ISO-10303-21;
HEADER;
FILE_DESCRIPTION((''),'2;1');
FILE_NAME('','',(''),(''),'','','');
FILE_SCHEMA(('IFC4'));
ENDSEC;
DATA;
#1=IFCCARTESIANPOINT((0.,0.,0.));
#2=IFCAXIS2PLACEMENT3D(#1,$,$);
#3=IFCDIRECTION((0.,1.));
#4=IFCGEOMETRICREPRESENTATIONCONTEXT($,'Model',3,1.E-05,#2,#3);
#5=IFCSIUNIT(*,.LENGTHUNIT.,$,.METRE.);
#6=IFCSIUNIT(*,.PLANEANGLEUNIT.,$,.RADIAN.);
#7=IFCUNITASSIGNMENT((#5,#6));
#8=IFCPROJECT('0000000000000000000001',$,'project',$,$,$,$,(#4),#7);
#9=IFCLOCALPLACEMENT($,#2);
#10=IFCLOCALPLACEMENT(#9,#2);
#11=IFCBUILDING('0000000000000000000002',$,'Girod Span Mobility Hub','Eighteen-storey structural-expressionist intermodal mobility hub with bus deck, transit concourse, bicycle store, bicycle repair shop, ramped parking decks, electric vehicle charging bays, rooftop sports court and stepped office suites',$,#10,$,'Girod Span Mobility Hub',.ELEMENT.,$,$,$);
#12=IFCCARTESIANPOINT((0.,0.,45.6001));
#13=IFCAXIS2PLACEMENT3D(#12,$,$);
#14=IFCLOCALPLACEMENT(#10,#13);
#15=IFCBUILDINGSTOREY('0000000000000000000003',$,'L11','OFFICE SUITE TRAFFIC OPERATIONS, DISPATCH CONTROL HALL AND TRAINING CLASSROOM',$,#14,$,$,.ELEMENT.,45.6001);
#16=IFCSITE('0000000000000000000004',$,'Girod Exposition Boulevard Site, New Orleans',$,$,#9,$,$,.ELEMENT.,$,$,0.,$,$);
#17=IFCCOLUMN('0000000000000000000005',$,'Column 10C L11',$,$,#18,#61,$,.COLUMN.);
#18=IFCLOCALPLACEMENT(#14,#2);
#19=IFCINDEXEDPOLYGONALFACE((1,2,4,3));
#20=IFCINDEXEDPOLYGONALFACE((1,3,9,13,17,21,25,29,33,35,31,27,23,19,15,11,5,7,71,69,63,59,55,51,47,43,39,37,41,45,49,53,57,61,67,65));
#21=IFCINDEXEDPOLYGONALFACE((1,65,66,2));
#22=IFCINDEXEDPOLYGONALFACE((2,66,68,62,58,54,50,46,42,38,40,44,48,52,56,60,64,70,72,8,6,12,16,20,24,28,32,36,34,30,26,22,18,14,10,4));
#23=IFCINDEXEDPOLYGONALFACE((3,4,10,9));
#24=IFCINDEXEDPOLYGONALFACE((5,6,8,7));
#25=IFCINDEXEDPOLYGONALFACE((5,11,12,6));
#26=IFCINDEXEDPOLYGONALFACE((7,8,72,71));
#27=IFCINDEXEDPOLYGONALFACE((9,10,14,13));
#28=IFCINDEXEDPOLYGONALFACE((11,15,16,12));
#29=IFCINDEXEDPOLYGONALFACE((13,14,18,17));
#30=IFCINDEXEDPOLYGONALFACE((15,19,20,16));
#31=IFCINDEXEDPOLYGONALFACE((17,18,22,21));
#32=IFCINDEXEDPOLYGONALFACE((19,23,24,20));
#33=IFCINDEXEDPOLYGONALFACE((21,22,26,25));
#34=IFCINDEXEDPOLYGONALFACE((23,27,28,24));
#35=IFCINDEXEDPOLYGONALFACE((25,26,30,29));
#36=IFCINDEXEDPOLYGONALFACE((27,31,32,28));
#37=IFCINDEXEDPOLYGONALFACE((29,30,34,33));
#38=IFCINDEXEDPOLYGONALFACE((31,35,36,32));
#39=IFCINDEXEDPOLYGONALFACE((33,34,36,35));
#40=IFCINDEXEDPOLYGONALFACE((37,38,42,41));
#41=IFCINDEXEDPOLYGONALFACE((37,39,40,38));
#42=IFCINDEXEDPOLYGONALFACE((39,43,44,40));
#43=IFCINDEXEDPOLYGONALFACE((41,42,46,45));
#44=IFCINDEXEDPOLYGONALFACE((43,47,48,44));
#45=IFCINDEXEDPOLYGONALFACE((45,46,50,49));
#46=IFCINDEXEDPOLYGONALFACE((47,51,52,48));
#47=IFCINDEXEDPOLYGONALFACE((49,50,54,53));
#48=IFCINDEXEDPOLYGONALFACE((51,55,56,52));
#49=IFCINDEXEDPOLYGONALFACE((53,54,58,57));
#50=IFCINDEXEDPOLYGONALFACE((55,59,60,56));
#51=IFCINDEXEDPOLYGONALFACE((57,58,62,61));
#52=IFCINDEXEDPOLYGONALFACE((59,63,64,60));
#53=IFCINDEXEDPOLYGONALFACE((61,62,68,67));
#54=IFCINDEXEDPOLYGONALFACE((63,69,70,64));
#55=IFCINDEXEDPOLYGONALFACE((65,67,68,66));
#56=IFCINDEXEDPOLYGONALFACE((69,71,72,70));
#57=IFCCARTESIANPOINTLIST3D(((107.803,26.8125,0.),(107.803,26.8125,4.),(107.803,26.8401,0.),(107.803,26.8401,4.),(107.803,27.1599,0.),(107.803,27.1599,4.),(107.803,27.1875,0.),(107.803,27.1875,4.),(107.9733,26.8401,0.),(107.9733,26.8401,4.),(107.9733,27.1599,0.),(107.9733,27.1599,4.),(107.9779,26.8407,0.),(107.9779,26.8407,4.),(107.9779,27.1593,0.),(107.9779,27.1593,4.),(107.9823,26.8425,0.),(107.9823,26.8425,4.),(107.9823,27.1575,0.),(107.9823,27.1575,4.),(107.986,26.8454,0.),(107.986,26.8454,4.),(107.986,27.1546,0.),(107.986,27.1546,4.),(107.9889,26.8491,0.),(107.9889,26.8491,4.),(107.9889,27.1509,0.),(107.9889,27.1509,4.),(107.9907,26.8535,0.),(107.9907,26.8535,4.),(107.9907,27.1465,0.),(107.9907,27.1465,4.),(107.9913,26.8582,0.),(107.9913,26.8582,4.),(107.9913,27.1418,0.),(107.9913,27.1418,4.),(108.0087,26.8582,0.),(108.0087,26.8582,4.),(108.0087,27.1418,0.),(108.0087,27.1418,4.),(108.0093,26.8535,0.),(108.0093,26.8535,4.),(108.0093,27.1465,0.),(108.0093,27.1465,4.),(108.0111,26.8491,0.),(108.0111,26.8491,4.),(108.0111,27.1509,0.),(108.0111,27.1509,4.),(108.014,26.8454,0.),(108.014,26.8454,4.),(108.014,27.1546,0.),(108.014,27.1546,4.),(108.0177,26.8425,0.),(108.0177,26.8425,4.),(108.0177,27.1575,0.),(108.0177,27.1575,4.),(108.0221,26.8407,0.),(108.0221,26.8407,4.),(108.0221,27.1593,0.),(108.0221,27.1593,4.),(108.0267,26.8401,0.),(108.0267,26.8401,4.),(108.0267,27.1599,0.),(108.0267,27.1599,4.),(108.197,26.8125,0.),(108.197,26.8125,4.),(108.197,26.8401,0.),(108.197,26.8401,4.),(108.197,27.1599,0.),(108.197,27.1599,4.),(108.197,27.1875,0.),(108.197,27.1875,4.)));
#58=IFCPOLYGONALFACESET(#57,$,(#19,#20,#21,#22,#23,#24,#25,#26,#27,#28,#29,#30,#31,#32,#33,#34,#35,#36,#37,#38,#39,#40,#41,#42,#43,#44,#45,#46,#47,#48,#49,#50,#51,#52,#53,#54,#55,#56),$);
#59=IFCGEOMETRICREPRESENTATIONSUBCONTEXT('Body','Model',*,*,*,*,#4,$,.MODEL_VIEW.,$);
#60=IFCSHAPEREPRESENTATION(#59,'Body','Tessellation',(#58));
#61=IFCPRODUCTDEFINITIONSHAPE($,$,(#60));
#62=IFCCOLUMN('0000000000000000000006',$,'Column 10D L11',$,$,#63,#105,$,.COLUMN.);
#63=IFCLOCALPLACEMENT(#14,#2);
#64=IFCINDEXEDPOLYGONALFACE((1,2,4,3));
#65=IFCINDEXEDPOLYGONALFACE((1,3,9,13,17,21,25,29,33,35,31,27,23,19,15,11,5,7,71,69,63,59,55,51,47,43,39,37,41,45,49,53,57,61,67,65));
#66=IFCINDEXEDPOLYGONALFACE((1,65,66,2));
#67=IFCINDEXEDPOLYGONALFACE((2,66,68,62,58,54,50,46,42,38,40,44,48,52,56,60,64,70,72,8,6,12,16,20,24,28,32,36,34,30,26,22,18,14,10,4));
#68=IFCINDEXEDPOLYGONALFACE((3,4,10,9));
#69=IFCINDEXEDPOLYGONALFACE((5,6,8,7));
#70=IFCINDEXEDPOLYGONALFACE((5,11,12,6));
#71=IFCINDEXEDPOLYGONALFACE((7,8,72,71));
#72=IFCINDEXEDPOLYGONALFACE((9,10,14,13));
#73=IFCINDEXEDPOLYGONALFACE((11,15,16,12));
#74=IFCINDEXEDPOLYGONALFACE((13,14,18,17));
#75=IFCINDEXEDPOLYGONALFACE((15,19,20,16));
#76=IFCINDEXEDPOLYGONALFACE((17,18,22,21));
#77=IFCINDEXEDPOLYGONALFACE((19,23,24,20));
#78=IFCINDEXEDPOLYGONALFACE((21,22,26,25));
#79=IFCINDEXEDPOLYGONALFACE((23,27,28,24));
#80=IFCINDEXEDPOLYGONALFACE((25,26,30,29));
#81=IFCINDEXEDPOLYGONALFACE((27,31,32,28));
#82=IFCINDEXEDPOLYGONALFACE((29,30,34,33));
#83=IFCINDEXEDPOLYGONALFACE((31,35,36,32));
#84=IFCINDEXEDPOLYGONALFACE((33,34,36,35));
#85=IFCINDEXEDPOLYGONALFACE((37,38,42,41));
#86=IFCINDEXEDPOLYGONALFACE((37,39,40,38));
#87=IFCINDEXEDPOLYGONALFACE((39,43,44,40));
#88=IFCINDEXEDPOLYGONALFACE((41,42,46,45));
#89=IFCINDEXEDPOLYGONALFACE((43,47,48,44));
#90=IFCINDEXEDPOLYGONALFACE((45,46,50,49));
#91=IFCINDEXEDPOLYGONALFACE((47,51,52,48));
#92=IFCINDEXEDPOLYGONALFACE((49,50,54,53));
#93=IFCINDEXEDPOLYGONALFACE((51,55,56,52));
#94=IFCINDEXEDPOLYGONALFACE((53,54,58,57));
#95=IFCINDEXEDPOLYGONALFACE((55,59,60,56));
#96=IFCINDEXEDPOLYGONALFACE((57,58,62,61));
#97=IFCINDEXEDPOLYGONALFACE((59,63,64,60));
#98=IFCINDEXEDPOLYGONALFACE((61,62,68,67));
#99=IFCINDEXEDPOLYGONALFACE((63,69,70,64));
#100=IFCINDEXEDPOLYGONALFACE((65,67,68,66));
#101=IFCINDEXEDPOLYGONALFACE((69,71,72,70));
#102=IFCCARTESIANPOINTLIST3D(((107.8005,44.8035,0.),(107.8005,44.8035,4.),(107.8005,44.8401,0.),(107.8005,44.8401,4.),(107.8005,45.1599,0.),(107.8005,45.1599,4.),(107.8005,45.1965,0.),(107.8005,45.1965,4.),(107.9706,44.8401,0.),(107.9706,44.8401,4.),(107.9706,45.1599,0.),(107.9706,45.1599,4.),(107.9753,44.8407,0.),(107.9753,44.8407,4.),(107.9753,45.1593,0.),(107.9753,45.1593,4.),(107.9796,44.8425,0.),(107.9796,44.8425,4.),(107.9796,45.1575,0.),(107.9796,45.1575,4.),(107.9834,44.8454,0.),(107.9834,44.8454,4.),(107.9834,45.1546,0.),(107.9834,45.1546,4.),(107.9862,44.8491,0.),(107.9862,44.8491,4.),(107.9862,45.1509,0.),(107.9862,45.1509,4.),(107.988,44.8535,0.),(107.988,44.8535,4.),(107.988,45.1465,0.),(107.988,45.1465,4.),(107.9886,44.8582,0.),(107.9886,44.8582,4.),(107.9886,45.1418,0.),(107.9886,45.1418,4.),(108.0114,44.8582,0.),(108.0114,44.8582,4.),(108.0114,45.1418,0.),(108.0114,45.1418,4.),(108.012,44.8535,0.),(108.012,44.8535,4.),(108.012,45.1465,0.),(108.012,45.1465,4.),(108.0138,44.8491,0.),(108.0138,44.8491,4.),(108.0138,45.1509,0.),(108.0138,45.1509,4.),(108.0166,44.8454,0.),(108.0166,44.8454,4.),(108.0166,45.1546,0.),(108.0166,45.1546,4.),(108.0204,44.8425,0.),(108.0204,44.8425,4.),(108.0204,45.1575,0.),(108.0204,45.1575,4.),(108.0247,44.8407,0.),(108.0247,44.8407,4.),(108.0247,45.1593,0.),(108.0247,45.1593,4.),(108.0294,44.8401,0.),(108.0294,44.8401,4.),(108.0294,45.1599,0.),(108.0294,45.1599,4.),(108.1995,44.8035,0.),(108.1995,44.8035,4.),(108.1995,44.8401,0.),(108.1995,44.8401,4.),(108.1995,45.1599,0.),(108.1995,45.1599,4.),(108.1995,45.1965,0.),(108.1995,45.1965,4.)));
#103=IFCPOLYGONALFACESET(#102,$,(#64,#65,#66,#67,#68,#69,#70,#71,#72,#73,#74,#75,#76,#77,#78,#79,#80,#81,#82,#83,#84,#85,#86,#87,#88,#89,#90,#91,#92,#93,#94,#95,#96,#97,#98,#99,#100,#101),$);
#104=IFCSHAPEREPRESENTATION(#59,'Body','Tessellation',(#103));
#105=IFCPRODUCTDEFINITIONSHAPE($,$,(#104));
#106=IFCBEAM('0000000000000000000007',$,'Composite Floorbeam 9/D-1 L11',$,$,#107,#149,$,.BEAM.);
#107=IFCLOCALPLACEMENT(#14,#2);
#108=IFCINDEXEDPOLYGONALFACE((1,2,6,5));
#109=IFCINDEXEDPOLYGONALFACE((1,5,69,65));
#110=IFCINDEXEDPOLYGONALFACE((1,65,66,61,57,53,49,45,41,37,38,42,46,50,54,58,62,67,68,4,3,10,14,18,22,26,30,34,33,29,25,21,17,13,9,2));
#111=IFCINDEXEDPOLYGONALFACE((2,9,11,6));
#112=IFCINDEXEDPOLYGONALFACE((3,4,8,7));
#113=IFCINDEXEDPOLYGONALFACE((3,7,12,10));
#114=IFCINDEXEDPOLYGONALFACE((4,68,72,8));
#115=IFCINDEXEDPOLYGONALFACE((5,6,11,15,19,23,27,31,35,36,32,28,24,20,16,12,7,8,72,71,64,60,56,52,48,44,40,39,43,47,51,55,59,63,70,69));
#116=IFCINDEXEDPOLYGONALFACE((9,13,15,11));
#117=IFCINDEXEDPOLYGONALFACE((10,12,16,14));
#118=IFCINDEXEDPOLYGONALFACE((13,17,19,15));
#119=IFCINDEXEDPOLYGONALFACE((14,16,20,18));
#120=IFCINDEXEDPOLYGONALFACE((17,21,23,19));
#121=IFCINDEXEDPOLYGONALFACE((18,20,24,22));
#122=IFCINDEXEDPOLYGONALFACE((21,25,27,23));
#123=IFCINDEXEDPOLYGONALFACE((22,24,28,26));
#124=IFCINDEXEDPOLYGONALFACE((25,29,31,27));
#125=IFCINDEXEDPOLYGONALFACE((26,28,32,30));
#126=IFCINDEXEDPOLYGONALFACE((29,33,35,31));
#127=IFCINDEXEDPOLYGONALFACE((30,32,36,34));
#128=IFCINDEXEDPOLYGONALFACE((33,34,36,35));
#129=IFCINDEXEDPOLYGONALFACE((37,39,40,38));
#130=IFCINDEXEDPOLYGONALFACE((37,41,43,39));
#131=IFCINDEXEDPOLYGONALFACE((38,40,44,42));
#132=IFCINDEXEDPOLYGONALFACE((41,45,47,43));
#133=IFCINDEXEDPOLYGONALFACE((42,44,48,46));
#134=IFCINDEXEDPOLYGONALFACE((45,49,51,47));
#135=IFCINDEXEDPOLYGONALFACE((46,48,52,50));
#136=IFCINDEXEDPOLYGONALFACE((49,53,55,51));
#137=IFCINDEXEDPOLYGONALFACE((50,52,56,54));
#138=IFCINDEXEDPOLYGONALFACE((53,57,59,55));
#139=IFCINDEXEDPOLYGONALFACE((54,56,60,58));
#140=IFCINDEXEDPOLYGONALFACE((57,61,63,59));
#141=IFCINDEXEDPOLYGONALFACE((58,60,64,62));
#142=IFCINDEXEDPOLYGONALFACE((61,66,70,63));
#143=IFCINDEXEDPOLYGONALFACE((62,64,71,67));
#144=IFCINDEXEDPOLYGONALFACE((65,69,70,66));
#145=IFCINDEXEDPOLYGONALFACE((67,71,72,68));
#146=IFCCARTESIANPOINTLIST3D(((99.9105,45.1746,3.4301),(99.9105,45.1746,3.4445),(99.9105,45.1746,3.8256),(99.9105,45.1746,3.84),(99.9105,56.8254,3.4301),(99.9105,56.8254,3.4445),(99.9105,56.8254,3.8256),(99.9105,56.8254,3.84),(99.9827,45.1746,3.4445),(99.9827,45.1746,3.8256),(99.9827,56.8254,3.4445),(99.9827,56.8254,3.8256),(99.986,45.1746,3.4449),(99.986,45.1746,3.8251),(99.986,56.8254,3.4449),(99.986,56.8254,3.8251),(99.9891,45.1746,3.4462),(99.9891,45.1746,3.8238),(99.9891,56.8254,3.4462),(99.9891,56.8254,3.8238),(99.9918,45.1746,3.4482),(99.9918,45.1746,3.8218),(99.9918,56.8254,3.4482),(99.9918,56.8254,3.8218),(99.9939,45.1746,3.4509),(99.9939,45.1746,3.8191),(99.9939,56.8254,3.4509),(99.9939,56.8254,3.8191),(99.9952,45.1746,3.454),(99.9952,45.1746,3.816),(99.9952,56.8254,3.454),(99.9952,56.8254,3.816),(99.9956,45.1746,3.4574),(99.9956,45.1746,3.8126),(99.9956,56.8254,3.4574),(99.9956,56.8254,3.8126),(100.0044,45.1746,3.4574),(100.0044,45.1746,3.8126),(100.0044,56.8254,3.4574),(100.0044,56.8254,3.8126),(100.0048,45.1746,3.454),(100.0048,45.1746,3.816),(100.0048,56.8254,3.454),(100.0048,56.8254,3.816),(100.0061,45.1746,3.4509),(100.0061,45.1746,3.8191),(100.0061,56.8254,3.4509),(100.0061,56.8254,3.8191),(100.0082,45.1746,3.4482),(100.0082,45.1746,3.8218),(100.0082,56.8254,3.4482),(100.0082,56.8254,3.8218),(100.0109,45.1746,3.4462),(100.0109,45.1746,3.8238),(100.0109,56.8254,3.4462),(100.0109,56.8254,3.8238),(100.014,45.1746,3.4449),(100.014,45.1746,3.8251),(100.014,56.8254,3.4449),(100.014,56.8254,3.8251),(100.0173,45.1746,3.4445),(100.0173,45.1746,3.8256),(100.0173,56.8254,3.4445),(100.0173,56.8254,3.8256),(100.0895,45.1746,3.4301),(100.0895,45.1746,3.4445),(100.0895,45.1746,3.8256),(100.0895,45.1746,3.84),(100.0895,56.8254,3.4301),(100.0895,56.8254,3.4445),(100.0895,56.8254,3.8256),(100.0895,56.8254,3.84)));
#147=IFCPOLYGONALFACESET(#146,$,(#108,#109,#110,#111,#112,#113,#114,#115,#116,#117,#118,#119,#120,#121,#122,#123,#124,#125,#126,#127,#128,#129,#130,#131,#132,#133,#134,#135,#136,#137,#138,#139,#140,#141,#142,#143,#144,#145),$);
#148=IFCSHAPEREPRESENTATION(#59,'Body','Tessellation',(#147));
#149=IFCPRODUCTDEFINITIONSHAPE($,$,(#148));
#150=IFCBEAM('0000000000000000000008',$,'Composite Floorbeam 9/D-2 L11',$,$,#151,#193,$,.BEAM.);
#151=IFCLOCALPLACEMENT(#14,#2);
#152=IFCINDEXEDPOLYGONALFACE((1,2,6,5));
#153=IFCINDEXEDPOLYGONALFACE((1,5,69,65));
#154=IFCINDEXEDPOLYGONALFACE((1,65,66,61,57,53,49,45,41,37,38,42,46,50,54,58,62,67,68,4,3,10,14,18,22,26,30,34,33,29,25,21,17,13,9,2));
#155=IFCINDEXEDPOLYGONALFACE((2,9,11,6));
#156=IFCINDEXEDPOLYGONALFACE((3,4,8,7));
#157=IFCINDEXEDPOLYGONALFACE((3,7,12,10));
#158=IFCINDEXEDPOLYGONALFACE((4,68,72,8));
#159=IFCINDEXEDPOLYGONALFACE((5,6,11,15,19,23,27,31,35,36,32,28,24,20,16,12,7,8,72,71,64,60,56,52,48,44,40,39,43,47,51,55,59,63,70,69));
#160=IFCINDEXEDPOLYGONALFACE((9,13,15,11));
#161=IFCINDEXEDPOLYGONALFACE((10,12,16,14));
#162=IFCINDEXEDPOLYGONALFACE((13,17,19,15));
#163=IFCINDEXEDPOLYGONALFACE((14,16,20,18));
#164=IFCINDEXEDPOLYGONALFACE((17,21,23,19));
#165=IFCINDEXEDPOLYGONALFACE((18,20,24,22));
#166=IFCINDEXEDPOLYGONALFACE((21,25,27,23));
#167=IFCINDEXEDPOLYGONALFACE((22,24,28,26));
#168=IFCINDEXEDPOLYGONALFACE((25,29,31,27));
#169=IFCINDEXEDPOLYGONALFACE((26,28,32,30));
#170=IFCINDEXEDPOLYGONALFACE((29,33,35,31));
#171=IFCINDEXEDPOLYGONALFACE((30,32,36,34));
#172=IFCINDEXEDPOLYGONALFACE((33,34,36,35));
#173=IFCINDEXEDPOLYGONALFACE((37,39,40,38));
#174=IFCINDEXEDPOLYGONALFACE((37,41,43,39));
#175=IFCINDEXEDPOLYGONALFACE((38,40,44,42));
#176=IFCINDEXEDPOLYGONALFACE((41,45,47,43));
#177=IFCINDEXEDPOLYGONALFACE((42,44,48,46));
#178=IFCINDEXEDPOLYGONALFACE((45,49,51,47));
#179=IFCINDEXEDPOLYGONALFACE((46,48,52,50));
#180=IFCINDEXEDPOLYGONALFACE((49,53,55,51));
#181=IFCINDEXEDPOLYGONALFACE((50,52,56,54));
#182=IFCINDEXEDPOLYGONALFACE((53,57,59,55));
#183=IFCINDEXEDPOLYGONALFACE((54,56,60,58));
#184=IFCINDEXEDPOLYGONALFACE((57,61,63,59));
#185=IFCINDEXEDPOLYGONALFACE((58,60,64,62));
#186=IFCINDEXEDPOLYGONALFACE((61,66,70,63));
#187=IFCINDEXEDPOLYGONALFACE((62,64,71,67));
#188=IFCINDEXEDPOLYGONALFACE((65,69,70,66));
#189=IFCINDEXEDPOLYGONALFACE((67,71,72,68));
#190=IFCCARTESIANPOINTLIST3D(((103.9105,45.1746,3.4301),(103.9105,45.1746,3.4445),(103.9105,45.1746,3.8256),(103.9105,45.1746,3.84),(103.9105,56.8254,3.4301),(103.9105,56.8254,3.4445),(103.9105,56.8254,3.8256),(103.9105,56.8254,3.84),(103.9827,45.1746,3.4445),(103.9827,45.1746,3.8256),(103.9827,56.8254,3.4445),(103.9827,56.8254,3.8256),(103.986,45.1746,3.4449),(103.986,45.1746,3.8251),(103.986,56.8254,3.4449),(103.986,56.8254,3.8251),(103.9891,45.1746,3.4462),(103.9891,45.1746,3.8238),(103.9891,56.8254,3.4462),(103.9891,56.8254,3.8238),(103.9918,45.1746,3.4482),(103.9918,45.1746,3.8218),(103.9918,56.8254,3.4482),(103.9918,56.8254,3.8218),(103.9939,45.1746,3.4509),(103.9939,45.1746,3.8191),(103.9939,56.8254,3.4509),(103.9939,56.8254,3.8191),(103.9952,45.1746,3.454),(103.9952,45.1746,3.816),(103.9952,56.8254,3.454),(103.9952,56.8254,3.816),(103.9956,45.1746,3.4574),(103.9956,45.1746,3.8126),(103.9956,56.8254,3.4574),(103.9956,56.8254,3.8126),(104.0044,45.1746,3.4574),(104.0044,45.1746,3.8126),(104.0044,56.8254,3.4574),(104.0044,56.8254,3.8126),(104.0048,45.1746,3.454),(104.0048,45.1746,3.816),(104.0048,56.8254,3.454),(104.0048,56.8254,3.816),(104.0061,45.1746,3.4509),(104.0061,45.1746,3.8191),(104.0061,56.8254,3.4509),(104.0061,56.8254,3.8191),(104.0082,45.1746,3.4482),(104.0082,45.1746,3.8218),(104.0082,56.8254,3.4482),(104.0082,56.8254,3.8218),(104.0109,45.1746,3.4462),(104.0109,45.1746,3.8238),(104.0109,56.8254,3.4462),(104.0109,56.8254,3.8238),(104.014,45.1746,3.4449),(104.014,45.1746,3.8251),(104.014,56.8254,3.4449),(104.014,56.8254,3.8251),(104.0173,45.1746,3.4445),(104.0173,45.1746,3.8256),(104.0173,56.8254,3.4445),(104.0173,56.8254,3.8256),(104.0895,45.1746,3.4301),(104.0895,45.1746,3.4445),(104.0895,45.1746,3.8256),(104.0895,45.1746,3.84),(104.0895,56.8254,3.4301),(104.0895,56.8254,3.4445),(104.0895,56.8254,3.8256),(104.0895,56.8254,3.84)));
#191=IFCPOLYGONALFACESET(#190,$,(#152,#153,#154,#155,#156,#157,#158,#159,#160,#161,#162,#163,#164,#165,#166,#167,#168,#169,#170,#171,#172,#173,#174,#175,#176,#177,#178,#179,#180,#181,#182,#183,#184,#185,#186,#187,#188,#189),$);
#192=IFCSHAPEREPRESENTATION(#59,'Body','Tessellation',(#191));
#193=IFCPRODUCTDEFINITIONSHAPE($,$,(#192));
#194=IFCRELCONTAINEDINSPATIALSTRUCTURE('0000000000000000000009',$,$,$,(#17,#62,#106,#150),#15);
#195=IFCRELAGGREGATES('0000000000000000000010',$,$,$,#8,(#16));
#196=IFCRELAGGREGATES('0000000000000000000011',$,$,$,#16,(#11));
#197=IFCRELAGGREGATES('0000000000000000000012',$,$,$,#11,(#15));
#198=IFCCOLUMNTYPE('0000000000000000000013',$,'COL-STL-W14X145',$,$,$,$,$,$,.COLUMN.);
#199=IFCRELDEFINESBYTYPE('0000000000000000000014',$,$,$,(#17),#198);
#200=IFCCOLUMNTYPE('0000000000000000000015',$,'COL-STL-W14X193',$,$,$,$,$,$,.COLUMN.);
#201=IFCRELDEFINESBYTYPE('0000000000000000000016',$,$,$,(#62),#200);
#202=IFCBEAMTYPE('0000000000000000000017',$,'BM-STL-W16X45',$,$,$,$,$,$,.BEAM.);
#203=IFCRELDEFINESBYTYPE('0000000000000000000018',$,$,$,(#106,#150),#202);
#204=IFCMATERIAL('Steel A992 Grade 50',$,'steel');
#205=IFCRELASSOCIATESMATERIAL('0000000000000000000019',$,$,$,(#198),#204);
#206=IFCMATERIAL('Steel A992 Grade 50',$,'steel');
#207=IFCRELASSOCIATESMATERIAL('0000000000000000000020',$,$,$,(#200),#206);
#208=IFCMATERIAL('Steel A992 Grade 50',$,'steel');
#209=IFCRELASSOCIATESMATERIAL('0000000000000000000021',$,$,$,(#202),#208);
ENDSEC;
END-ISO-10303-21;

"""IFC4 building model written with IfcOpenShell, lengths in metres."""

from ifc_helpers import new_model, si_unit, direction, frame, origin, origin_2d, place, context, subcontext, project, spatial, i_section, extrude, material, material_profile, profile_set, type_object, element, save


model = new_model("IFC4")

# Units and contexts
model_context = context("Model", 3, precision=1e-05, world=origin(), true_north=direction((0.0, 1.0)))
body_context = subcontext(model_context, "Body", "Model", "MODEL_VIEW")
ifc_project = project(units=[si_unit("LENGTHUNIT", "METRE"), si_unit("PLANEANGLEUNIT", "RADIAN")], contexts=[model_context])

# Site, building, storey
site_placement = place(None, origin())
site = spatial("IfcSite", under=ifc_project, at=site_placement, Name="Girod Exposition Boulevard Site, New Orleans", CompositionType="ELEMENT", RefElevation=0.0)
building_placement = place(site_placement, origin())
building = spatial("IfcBuilding", under=site, at=building_placement, Name="Girod Span Mobility Hub", Description="Eighteen-storey structural-expressionist intermodal mobility hub with bus deck, transit concourse, bicycle store, bicycle repair shop, ramped parking decks, electric vehicle charging bays, rooftop sports court and stepped office suites", LongName="Girod Span Mobility Hub", CompositionType="ELEMENT")
storey_placement = place(building_placement, frame((0.0, 0.0, 45.6001)))
storey = spatial("IfcBuildingStorey", under=building, at=storey_placement, Name="L11", Description="OFFICE SUITE TRAFFIC OPERATIONS, DISPATCH CONTROL HALL AND TRAINING CLASSROOM", CompositionType="ELEMENT", Elevation=45.6001)

# Columns
ifc_material_1 = material(Name="Steel A992 Grade 50", Category="steel")
ifc_material_profile_1 = material_profile(ifc_material_1, i_section(OverallWidth=0.394, OverallDepth=0.375, WebThickness=0.0173, FlangeThickness=0.0276, FilletRadius=0.0181, at=origin_2d()), Name="W14X145")
ifc_profile_set_1 = profile_set([ifc_material_profile_1], Name="Steel A992 Grade 50")
column_type_1 = type_object("IfcColumnType", Name="COL-STL-W14X145", PredefinedType="COLUMN", material=ifc_profile_set_1)
column_1_placement = place(storey_placement, frame((108.0, 27.0, 0.0), z_axis=(0.0, 0.0, 1.0), x_axis=(1.0, 0.0, 0.0)))
element("IfcColumn", 1, at=column_1_placement, inside=storey, type_object=column_type_1, Name="Column 10C L11", PredefinedType="COLUMN", context=body_context, shape_type="SweptSolid", body=[
    extrude(i_section(OverallWidth=0.394, OverallDepth=0.375, WebThickness=0.0173, FlangeThickness=0.0276, FilletRadius=0.0181, at=origin_2d()), origin(), (0.0, 0.0, 1.0), 4.0),
])
ifc_material_2 = material(Name="Steel A992 Grade 50", Category="steel")
ifc_material_profile_2 = material_profile(ifc_material_2, i_section(OverallWidth=0.3989, OverallDepth=0.3931, WebThickness=0.0227, FlangeThickness=0.0366, FilletRadius=0.0181, at=origin_2d()), Name="W14X193")
ifc_profile_set_2 = profile_set([ifc_material_profile_2], Name="Steel A992 Grade 50")
column_type_2 = type_object("IfcColumnType", Name="COL-STL-W14X193", PredefinedType="COLUMN", material=ifc_profile_set_2)
column_2_placement = place(storey_placement, frame((108.0, 45.0, 0.0), z_axis=(0.0, 0.0, 1.0), x_axis=(1.0, 0.0, 0.0)))
element("IfcColumn", 2, at=column_2_placement, inside=storey, type_object=column_type_2, Name="Column 10D L11", PredefinedType="COLUMN", context=body_context, shape_type="SweptSolid", body=[
    extrude(i_section(OverallWidth=0.3989, OverallDepth=0.3931, WebThickness=0.0227, FlangeThickness=0.0366, FilletRadius=0.0181, at=origin_2d()), origin(), (0.0, 0.0, 1.0), 4.0),
])

# Beams
ifc_material_3 = material(Name="Steel A992 Grade 50", Category="steel")
ifc_material_profile_3 = material_profile(ifc_material_3, i_section(OverallWidth=0.179, OverallDepth=0.4099, WebThickness=0.0088, FlangeThickness=0.0144, FilletRadius=0.0129, at=origin_2d()), Name="W16X45")
ifc_profile_set_3 = profile_set([ifc_material_profile_3], Name="Steel A992 Grade 50")
beam_type_1 = type_object("IfcBeamType", Name="BM-STL-W16X45", PredefinedType="BEAM", material=ifc_profile_set_3)
for number, where, z_axis, x_axis, name in (
    (3, (100.0, 45.1746, 3.635), (0.0, 1.0, 0.0), (-1.0, 0.0, 0.0), "Composite Floorbeam 9/D-1 L11"),
    (4, (104.0, 45.1746, 3.635), (0.0, 1.0, 0.0), (-1.0, 0.0, 0.0), "Composite Floorbeam 9/D-2 L11"),
):
    element("IfcBeam", number, at=place(storey_placement, frame(where, z_axis=z_axis, x_axis=x_axis)), inside=storey, type_object=beam_type_1, Name=name, PredefinedType="BEAM", context=body_context, shape_type="SweptSolid", body=[
        extrude(i_section(OverallWidth=0.179, OverallDepth=0.4099, WebThickness=0.0088, FlangeThickness=0.0144, FilletRadius=0.0129, at=origin_2d()), origin(), (0.0, 0.0, 1.0), 11.6509),
    ])

save(model, "model.ifc")
